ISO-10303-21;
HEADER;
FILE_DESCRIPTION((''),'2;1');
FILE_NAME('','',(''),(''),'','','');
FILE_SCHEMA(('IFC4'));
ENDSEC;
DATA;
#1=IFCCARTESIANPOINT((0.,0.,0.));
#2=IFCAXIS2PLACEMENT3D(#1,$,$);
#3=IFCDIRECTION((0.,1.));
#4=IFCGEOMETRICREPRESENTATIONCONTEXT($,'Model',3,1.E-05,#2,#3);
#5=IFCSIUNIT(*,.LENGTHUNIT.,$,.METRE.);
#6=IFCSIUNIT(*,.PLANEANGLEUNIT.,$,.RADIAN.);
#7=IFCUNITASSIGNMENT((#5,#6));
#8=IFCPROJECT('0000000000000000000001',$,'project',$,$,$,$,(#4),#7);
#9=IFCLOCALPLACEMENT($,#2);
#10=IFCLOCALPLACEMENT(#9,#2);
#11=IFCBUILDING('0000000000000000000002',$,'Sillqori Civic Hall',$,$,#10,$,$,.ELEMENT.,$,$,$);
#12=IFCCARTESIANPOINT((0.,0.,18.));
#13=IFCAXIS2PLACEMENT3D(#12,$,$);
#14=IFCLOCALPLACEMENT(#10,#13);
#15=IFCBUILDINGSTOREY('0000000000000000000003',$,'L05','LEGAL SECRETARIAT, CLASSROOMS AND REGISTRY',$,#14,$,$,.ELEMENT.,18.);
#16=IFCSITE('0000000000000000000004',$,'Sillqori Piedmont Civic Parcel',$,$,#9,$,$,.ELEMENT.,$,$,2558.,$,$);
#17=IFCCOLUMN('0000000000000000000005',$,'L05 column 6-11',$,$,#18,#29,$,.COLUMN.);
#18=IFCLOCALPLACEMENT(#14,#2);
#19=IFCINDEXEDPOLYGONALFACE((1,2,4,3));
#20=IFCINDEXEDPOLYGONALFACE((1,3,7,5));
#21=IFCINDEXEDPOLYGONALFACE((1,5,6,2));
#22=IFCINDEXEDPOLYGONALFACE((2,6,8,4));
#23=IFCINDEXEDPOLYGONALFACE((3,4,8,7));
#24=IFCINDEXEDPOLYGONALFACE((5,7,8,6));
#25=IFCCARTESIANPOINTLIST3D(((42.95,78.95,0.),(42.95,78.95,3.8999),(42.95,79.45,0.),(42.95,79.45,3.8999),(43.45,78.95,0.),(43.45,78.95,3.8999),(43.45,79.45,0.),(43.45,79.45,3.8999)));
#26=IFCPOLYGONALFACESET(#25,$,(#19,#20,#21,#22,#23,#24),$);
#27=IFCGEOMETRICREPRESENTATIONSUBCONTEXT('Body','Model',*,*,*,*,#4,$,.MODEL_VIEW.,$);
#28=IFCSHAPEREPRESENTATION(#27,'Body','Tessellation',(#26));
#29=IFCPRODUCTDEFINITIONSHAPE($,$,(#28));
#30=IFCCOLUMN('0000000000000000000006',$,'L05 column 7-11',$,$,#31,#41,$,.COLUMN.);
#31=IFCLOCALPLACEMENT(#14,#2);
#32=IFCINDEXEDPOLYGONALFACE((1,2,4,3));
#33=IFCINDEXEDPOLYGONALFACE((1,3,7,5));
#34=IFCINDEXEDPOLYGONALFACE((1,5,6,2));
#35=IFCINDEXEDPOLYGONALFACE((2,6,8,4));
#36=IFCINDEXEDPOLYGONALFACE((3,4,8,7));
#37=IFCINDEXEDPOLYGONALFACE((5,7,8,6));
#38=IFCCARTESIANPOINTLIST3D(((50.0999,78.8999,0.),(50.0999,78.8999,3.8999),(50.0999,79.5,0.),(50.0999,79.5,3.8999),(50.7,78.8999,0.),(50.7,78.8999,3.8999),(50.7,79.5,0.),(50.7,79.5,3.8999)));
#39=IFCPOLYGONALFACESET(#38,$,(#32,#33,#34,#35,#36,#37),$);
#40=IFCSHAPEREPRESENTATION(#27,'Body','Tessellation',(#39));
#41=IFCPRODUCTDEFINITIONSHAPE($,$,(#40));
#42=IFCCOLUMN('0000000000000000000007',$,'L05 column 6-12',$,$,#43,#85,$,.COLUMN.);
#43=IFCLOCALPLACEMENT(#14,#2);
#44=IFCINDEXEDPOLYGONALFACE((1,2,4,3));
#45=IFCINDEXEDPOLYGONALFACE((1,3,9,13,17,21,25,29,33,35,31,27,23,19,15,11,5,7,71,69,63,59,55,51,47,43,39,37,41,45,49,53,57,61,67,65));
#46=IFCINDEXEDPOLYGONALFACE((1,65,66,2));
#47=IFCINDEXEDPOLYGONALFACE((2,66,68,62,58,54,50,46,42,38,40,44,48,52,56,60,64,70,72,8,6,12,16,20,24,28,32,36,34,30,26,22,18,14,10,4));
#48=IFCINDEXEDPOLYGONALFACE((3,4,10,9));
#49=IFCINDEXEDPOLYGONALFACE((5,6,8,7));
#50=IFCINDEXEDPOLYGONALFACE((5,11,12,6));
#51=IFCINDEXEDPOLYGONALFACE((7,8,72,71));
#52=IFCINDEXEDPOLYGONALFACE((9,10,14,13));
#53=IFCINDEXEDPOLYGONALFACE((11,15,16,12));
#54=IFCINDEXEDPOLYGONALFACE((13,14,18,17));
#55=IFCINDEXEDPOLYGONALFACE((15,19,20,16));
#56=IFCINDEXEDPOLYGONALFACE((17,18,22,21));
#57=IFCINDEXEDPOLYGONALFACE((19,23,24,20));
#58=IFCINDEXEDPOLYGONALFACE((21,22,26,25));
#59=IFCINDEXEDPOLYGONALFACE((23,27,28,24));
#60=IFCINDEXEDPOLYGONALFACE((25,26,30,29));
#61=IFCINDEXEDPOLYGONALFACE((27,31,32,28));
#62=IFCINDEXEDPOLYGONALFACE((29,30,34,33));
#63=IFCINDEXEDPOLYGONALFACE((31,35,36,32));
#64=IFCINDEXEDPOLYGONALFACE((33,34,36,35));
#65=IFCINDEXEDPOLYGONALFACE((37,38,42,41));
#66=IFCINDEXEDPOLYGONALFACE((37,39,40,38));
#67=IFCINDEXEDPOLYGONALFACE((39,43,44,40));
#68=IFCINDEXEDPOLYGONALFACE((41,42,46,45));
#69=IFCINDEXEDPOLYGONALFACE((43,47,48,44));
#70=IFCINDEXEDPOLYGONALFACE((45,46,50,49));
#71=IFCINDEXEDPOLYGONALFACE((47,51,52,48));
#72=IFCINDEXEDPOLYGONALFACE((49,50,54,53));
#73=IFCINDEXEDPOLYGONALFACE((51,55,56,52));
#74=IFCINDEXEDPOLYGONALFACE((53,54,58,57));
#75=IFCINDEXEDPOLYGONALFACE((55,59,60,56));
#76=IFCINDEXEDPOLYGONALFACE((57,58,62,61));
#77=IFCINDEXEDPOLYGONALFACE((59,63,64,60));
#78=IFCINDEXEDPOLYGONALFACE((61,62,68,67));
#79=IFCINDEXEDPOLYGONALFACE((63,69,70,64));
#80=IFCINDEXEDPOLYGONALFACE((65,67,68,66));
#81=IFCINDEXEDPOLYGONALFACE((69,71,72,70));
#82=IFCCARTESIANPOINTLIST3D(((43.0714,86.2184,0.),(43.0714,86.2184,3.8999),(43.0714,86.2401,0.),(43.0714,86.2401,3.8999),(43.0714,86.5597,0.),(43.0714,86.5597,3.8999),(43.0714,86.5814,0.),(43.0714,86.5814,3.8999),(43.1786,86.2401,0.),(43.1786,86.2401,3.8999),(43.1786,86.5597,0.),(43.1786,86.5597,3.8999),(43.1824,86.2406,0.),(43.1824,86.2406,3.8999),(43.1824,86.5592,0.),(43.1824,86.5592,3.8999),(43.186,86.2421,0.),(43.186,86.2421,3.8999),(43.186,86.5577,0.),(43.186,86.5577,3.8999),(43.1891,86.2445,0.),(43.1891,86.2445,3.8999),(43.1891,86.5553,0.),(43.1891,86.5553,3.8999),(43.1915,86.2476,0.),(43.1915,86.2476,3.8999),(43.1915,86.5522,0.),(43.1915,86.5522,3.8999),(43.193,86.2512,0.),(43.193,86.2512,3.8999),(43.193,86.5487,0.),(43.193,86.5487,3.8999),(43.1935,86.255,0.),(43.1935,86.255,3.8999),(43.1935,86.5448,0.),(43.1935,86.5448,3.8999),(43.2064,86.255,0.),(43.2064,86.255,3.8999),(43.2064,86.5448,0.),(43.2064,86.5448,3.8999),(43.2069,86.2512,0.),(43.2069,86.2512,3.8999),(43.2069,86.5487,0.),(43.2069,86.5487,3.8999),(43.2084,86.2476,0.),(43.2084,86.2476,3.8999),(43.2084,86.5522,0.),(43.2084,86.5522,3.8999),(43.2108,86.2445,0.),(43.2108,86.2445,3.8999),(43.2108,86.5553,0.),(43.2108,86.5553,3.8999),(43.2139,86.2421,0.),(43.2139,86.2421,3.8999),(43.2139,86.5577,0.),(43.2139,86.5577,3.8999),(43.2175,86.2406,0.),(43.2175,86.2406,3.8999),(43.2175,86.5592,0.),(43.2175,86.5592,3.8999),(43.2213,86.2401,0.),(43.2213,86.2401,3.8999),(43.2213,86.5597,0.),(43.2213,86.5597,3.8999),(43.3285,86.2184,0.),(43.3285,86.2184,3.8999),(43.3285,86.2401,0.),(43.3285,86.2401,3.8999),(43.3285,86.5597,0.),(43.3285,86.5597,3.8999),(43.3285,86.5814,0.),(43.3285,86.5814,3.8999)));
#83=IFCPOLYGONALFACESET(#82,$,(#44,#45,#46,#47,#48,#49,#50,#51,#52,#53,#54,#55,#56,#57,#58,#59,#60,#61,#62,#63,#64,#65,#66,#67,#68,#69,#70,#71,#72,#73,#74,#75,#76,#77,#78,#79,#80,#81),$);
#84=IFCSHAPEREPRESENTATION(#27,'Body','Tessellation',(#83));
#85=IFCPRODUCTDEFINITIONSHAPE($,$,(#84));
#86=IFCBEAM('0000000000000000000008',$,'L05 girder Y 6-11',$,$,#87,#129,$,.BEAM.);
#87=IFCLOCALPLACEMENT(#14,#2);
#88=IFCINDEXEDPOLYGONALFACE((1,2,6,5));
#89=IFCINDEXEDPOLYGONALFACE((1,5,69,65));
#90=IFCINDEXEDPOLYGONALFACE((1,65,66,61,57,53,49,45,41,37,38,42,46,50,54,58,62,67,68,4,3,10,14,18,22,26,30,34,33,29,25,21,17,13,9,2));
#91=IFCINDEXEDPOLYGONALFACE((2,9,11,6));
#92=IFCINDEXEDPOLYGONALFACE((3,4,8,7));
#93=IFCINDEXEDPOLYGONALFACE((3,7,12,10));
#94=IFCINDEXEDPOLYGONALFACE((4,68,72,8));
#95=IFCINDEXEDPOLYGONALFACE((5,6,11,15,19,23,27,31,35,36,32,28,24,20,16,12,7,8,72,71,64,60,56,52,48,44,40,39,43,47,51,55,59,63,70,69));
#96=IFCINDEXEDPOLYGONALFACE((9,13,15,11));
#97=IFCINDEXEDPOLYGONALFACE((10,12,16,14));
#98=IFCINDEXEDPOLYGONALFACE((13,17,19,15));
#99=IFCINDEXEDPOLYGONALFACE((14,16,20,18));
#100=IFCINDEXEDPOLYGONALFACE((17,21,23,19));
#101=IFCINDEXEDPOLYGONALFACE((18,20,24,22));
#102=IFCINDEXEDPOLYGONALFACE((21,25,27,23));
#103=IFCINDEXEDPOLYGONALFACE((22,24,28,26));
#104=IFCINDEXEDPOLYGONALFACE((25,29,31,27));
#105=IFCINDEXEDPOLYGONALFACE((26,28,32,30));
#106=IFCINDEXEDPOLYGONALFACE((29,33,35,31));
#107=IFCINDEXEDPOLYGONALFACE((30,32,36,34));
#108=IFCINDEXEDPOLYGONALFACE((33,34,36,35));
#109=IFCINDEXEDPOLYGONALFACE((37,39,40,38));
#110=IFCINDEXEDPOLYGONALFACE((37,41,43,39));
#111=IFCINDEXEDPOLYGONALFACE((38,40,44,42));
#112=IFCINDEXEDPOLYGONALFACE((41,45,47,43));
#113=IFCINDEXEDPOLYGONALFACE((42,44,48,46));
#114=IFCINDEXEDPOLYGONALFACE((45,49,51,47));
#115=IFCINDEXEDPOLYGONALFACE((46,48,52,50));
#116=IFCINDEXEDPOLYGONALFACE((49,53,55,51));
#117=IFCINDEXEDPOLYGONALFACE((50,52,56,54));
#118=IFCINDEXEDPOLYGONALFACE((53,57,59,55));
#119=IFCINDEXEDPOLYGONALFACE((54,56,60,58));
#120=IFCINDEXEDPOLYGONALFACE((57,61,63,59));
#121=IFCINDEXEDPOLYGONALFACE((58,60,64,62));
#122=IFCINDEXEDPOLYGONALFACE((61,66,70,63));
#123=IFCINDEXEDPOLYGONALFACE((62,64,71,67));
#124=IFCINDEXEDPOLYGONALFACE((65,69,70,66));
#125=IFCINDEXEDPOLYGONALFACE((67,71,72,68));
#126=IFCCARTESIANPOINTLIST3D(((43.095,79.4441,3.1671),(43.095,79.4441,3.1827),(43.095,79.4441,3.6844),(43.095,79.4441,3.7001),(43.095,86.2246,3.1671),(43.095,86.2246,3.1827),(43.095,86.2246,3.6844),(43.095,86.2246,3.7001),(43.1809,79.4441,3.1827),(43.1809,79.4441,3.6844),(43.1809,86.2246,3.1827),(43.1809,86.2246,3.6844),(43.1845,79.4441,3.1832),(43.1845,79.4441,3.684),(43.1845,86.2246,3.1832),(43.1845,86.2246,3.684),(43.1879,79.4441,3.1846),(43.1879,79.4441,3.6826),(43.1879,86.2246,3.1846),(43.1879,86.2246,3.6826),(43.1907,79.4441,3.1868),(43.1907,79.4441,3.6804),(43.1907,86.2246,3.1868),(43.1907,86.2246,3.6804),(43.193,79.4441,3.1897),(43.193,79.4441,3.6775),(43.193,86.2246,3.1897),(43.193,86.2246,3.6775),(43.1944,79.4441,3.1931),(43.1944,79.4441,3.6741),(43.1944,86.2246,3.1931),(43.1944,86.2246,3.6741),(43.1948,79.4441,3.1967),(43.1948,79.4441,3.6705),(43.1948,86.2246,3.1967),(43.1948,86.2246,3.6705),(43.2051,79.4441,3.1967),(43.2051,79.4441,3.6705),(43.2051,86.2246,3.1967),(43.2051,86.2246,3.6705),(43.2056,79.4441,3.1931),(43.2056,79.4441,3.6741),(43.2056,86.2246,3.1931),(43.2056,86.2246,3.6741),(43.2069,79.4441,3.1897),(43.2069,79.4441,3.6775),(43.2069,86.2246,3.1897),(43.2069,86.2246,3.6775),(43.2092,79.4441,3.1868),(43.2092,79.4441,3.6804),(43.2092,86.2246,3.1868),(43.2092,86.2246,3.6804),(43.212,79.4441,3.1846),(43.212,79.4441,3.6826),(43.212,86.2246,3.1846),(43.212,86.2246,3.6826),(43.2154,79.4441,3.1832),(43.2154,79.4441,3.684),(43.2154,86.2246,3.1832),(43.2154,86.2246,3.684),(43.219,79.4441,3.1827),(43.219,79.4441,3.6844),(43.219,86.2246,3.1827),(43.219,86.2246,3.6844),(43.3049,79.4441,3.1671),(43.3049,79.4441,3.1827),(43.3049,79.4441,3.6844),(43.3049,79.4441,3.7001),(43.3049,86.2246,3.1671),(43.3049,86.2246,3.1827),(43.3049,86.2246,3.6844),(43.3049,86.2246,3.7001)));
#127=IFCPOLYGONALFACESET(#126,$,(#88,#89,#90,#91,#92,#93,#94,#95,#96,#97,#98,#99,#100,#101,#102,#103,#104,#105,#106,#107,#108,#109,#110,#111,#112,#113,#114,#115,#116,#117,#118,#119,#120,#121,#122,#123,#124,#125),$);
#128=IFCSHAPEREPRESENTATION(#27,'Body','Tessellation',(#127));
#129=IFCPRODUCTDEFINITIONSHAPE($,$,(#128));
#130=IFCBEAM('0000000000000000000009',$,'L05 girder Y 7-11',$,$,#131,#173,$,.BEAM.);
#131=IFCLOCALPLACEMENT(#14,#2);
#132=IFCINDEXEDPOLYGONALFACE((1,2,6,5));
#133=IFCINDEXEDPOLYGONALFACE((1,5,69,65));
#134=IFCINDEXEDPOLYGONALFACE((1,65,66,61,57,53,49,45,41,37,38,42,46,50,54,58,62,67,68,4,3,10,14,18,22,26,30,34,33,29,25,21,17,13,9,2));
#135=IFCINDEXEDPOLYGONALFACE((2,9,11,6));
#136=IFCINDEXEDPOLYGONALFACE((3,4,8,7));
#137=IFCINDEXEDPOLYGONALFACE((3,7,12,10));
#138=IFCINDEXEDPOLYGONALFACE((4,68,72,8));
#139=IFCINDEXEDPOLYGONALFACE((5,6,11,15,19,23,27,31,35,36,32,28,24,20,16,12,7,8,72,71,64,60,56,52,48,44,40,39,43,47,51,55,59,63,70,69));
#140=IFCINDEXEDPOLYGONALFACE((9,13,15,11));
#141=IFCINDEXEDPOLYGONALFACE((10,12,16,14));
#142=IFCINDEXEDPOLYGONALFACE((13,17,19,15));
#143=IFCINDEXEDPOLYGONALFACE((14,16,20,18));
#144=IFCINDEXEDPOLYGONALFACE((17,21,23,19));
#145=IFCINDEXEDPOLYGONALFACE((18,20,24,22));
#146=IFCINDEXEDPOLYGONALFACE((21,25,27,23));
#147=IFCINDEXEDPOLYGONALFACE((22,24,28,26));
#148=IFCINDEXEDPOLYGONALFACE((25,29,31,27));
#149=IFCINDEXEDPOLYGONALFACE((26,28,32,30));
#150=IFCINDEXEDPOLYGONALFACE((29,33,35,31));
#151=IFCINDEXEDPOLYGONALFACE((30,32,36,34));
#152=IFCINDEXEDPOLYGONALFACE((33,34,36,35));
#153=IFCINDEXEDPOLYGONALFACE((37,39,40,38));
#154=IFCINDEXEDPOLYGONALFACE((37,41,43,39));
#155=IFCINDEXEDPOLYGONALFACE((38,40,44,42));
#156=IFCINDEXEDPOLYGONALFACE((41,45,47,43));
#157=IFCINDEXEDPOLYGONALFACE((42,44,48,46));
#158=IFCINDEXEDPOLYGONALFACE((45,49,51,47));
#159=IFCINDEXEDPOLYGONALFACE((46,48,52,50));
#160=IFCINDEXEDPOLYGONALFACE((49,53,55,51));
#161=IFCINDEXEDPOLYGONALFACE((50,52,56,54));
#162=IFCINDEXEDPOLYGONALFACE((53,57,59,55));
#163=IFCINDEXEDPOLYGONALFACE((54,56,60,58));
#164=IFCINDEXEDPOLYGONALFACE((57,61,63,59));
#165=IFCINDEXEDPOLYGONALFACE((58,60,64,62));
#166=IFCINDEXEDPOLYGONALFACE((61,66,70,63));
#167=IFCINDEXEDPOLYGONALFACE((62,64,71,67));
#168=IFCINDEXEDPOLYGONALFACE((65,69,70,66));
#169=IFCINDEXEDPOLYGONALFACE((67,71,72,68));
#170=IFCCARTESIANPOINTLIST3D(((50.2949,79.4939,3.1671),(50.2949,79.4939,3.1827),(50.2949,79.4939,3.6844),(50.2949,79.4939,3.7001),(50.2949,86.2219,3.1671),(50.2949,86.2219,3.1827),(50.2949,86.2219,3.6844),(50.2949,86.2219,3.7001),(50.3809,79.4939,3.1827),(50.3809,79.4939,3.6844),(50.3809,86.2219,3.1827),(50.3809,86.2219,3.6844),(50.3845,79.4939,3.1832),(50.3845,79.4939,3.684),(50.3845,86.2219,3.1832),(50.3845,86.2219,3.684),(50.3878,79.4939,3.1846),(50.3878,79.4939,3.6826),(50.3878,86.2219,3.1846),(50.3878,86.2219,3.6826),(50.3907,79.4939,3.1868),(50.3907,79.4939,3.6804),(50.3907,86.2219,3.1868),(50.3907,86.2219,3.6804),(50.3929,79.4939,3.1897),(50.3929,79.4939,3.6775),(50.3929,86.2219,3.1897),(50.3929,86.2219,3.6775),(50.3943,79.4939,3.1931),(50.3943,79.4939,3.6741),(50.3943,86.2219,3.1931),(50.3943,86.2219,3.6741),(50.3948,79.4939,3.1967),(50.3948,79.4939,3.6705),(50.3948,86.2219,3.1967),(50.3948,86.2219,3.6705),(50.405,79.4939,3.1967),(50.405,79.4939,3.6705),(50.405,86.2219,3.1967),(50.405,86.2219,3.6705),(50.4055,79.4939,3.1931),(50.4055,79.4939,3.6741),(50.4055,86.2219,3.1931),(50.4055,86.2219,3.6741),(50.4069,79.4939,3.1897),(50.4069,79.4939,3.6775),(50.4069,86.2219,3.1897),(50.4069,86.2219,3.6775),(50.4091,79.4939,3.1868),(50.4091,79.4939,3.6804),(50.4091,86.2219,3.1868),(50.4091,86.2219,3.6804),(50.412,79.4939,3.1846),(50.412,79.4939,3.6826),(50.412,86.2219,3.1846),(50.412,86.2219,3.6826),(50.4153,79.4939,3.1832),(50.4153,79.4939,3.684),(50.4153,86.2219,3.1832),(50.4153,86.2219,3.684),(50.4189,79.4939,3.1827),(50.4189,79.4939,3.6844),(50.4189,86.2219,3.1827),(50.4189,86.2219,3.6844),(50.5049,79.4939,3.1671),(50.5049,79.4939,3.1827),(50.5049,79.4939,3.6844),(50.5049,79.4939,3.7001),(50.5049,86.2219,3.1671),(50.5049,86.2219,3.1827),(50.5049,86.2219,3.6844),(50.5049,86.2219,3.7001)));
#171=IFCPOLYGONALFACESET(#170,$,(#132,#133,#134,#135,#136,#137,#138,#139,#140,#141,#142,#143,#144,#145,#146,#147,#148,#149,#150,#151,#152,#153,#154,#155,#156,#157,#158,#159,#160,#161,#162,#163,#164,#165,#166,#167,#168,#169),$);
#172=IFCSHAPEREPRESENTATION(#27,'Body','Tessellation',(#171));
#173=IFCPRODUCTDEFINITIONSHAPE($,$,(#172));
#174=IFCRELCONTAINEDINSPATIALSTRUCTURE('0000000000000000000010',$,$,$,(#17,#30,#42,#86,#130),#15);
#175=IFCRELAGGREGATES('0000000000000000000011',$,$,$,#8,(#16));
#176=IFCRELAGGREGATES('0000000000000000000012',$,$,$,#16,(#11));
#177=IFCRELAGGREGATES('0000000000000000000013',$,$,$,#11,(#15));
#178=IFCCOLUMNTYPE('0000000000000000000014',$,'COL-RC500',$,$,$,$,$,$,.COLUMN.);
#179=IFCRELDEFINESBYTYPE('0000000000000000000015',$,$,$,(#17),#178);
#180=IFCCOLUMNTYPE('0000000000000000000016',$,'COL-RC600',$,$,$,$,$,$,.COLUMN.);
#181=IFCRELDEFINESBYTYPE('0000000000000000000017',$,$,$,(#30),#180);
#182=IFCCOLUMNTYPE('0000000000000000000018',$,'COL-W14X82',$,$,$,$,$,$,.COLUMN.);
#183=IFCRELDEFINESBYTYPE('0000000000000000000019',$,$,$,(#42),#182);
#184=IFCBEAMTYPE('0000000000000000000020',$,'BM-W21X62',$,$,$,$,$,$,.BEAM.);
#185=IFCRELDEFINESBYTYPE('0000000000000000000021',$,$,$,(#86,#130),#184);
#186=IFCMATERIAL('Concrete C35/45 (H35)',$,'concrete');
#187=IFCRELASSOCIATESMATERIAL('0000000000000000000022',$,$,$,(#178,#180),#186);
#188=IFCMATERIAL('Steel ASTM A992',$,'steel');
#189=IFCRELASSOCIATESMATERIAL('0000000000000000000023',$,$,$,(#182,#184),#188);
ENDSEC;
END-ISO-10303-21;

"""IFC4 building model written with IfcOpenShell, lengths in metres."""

from ifc_helpers import new_model, si_unit, direction, frame, origin, origin_2d, place, context, subcontext, project, spatial, rectangle, i_section, extrude, material, material_profile, profile_set, type_object, element, save


model = new_model("IFC4")

# Units and contexts
model_context = context("Model", 3, precision=1e-05, world=origin(), true_north=direction((0.0, 1.0)))
body_context = subcontext(model_context, "Body", "Model", "MODEL_VIEW")
ifc_project = project(units=[si_unit("LENGTHUNIT", "METRE"), si_unit("PLANEANGLEUNIT", "RADIAN")], contexts=[model_context])

# Site, building, storey
site_placement = place(None, origin())
site = spatial("IfcSite", under=ifc_project, at=site_placement, Name="Sillqori Piedmont Civic Parcel", CompositionType="ELEMENT", RefElevation=2558.0)
building_placement = place(site_placement, origin())
building = spatial("IfcBuilding", under=site, at=building_placement, Name="Sillqori Civic Hall", CompositionType="ELEMENT")
storey_placement = place(building_placement, frame((0.0, 0.0, 18.0)))
storey = spatial("IfcBuildingStorey", under=building, at=storey_placement, Name="L05", Description="LEGAL SECRETARIAT, CLASSROOMS AND REGISTRY", CompositionType="ELEMENT", Elevation=18.0)

# Columns
ifc_material_1 = material(Name="Concrete C35/45 (H35)", Category="concrete")
ifc_material_profile_1 = material_profile(ifc_material_1, rectangle(XDim=0.5, YDim=0.5, at=origin_2d()), Name="RC 500x500")
ifc_profile_set_1 = profile_set([ifc_material_profile_1], Name="Concrete C35/45 (H35)")
column_type_1 = type_object("IfcColumnType", Name="COL-RC500", PredefinedType="COLUMN", material=ifc_profile_set_1)
column_1_placement = place(storey_placement, frame((43.2, 79.2, 0.0), z_axis=(0.0, 0.0, 1.0), x_axis=(1.0, 0.0, 0.0)))
element("IfcColumn", 1, at=column_1_placement, inside=storey, type_object=column_type_1, Name="L05 column 6-11", PredefinedType="COLUMN", context=body_context, shape_type="SweptSolid", body=[
    extrude(rectangle(XDim=0.5, YDim=0.5, at=origin_2d()), origin(), (0.0, 0.0, 1.0), 3.8999),
])
ifc_material_profile_2 = material_profile(ifc_material_1, rectangle(XDim=0.6001, YDim=0.6001, at=origin_2d()), Name="RC 600x600")
ifc_profile_set_2 = profile_set([ifc_material_profile_2], Name="Concrete C35/45 (H35)")
column_type_2 = type_object("IfcColumnType", Name="COL-RC600", PredefinedType="COLUMN", material=ifc_profile_set_2)
column_2_placement = place(storey_placement, frame((50.3999, 79.2, 0.0), z_axis=(0.0, 0.0, 1.0), x_axis=(1.0, 0.0, 0.0)))
element("IfcColumn", 2, at=column_2_placement, inside=storey, type_object=column_type_2, Name="L05 column 7-11", PredefinedType="COLUMN", context=body_context, shape_type="SweptSolid", body=[
    extrude(rectangle(XDim=0.6001, YDim=0.6001, at=origin_2d()), origin(), (0.0, 0.0, 1.0), 3.8999),
])
ifc_material_2 = material(Name="Steel ASTM A992", Category="steel")
ifc_material_profile_3 = material_profile(ifc_material_2, i_section(OverallWidth=0.2571, OverallDepth=0.363, WebThickness=0.0129, FlangeThickness=0.0217, FilletRadius=0.0149, at=origin_2d()), Name="W14X82")
ifc_profile_set_3 = profile_set([ifc_material_profile_3], Name="Steel ASTM A992")
column_type_3 = type_object("IfcColumnType", Name="COL-W14X82", PredefinedType="COLUMN", material=ifc_profile_set_3)
column_3_placement = place(storey_placement, frame((43.2, 86.3999, 0.0), z_axis=(0.0, 0.0, 1.0), x_axis=(1.0, 0.0, 0.0)))
element("IfcColumn", 3, at=column_3_placement, inside=storey, type_object=column_type_3, Name="L05 column 6-12", PredefinedType="COLUMN", context=body_context, shape_type="SweptSolid", body=[
    extrude(i_section(OverallWidth=0.2571, OverallDepth=0.363, WebThickness=0.0129, FlangeThickness=0.0217, FilletRadius=0.0149, at=origin_2d()), origin(), (0.0, 0.0, 1.0), 3.8999),
])

# Beams
ifc_material_profile_4 = material_profile(ifc_material_2, i_section(OverallWidth=0.21, OverallDepth=0.533, WebThickness=0.0103, FlangeThickness=0.0156, FilletRadius=0.0139, at=origin_2d()), Name="W21X62")
ifc_profile_set_4 = profile_set([ifc_material_profile_4], Name="Steel ASTM A992")
beam_type_1 = type_object("IfcBeamType", Name="BM-W21X62", PredefinedType="BEAM", material=ifc_profile_set_4)
beam_1_placement = place(storey_placement, frame((43.2, 79.4441, 3.4336), z_axis=(0.0, 1.0, 0.0), x_axis=(-1.0, 0.0, 0.0)))
element("IfcBeam", 4, at=beam_1_placement, inside=storey, type_object=beam_type_1, Name="L05 girder Y 6-11", PredefinedType="BEAM", context=body_context, shape_type="SweptSolid", body=[
    extrude(i_section(OverallWidth=0.21, OverallDepth=0.533, WebThickness=0.0103, FlangeThickness=0.0156, FilletRadius=0.0139, at=origin_2d()), origin(), (0.0, 0.0, 1.0), 6.7805),
])
beam_2_placement = place(storey_placement, frame((50.3999, 79.4939, 3.4336), z_axis=(0.0, 1.0, 0.0), x_axis=(-1.0, 0.0, 0.0)))
element("IfcBeam", 5, at=beam_2_placement, inside=storey, type_object=beam_type_1, Name="L05 girder Y 7-11", PredefinedType="BEAM", context=body_context, shape_type="SweptSolid", body=[
    extrude(i_section(OverallWidth=0.21, OverallDepth=0.533, WebThickness=0.0103, FlangeThickness=0.0156, FilletRadius=0.0139, at=origin_2d()), origin(), (0.0, 0.0, 1.0), 6.728),
])

save(model, "model.ifc")
